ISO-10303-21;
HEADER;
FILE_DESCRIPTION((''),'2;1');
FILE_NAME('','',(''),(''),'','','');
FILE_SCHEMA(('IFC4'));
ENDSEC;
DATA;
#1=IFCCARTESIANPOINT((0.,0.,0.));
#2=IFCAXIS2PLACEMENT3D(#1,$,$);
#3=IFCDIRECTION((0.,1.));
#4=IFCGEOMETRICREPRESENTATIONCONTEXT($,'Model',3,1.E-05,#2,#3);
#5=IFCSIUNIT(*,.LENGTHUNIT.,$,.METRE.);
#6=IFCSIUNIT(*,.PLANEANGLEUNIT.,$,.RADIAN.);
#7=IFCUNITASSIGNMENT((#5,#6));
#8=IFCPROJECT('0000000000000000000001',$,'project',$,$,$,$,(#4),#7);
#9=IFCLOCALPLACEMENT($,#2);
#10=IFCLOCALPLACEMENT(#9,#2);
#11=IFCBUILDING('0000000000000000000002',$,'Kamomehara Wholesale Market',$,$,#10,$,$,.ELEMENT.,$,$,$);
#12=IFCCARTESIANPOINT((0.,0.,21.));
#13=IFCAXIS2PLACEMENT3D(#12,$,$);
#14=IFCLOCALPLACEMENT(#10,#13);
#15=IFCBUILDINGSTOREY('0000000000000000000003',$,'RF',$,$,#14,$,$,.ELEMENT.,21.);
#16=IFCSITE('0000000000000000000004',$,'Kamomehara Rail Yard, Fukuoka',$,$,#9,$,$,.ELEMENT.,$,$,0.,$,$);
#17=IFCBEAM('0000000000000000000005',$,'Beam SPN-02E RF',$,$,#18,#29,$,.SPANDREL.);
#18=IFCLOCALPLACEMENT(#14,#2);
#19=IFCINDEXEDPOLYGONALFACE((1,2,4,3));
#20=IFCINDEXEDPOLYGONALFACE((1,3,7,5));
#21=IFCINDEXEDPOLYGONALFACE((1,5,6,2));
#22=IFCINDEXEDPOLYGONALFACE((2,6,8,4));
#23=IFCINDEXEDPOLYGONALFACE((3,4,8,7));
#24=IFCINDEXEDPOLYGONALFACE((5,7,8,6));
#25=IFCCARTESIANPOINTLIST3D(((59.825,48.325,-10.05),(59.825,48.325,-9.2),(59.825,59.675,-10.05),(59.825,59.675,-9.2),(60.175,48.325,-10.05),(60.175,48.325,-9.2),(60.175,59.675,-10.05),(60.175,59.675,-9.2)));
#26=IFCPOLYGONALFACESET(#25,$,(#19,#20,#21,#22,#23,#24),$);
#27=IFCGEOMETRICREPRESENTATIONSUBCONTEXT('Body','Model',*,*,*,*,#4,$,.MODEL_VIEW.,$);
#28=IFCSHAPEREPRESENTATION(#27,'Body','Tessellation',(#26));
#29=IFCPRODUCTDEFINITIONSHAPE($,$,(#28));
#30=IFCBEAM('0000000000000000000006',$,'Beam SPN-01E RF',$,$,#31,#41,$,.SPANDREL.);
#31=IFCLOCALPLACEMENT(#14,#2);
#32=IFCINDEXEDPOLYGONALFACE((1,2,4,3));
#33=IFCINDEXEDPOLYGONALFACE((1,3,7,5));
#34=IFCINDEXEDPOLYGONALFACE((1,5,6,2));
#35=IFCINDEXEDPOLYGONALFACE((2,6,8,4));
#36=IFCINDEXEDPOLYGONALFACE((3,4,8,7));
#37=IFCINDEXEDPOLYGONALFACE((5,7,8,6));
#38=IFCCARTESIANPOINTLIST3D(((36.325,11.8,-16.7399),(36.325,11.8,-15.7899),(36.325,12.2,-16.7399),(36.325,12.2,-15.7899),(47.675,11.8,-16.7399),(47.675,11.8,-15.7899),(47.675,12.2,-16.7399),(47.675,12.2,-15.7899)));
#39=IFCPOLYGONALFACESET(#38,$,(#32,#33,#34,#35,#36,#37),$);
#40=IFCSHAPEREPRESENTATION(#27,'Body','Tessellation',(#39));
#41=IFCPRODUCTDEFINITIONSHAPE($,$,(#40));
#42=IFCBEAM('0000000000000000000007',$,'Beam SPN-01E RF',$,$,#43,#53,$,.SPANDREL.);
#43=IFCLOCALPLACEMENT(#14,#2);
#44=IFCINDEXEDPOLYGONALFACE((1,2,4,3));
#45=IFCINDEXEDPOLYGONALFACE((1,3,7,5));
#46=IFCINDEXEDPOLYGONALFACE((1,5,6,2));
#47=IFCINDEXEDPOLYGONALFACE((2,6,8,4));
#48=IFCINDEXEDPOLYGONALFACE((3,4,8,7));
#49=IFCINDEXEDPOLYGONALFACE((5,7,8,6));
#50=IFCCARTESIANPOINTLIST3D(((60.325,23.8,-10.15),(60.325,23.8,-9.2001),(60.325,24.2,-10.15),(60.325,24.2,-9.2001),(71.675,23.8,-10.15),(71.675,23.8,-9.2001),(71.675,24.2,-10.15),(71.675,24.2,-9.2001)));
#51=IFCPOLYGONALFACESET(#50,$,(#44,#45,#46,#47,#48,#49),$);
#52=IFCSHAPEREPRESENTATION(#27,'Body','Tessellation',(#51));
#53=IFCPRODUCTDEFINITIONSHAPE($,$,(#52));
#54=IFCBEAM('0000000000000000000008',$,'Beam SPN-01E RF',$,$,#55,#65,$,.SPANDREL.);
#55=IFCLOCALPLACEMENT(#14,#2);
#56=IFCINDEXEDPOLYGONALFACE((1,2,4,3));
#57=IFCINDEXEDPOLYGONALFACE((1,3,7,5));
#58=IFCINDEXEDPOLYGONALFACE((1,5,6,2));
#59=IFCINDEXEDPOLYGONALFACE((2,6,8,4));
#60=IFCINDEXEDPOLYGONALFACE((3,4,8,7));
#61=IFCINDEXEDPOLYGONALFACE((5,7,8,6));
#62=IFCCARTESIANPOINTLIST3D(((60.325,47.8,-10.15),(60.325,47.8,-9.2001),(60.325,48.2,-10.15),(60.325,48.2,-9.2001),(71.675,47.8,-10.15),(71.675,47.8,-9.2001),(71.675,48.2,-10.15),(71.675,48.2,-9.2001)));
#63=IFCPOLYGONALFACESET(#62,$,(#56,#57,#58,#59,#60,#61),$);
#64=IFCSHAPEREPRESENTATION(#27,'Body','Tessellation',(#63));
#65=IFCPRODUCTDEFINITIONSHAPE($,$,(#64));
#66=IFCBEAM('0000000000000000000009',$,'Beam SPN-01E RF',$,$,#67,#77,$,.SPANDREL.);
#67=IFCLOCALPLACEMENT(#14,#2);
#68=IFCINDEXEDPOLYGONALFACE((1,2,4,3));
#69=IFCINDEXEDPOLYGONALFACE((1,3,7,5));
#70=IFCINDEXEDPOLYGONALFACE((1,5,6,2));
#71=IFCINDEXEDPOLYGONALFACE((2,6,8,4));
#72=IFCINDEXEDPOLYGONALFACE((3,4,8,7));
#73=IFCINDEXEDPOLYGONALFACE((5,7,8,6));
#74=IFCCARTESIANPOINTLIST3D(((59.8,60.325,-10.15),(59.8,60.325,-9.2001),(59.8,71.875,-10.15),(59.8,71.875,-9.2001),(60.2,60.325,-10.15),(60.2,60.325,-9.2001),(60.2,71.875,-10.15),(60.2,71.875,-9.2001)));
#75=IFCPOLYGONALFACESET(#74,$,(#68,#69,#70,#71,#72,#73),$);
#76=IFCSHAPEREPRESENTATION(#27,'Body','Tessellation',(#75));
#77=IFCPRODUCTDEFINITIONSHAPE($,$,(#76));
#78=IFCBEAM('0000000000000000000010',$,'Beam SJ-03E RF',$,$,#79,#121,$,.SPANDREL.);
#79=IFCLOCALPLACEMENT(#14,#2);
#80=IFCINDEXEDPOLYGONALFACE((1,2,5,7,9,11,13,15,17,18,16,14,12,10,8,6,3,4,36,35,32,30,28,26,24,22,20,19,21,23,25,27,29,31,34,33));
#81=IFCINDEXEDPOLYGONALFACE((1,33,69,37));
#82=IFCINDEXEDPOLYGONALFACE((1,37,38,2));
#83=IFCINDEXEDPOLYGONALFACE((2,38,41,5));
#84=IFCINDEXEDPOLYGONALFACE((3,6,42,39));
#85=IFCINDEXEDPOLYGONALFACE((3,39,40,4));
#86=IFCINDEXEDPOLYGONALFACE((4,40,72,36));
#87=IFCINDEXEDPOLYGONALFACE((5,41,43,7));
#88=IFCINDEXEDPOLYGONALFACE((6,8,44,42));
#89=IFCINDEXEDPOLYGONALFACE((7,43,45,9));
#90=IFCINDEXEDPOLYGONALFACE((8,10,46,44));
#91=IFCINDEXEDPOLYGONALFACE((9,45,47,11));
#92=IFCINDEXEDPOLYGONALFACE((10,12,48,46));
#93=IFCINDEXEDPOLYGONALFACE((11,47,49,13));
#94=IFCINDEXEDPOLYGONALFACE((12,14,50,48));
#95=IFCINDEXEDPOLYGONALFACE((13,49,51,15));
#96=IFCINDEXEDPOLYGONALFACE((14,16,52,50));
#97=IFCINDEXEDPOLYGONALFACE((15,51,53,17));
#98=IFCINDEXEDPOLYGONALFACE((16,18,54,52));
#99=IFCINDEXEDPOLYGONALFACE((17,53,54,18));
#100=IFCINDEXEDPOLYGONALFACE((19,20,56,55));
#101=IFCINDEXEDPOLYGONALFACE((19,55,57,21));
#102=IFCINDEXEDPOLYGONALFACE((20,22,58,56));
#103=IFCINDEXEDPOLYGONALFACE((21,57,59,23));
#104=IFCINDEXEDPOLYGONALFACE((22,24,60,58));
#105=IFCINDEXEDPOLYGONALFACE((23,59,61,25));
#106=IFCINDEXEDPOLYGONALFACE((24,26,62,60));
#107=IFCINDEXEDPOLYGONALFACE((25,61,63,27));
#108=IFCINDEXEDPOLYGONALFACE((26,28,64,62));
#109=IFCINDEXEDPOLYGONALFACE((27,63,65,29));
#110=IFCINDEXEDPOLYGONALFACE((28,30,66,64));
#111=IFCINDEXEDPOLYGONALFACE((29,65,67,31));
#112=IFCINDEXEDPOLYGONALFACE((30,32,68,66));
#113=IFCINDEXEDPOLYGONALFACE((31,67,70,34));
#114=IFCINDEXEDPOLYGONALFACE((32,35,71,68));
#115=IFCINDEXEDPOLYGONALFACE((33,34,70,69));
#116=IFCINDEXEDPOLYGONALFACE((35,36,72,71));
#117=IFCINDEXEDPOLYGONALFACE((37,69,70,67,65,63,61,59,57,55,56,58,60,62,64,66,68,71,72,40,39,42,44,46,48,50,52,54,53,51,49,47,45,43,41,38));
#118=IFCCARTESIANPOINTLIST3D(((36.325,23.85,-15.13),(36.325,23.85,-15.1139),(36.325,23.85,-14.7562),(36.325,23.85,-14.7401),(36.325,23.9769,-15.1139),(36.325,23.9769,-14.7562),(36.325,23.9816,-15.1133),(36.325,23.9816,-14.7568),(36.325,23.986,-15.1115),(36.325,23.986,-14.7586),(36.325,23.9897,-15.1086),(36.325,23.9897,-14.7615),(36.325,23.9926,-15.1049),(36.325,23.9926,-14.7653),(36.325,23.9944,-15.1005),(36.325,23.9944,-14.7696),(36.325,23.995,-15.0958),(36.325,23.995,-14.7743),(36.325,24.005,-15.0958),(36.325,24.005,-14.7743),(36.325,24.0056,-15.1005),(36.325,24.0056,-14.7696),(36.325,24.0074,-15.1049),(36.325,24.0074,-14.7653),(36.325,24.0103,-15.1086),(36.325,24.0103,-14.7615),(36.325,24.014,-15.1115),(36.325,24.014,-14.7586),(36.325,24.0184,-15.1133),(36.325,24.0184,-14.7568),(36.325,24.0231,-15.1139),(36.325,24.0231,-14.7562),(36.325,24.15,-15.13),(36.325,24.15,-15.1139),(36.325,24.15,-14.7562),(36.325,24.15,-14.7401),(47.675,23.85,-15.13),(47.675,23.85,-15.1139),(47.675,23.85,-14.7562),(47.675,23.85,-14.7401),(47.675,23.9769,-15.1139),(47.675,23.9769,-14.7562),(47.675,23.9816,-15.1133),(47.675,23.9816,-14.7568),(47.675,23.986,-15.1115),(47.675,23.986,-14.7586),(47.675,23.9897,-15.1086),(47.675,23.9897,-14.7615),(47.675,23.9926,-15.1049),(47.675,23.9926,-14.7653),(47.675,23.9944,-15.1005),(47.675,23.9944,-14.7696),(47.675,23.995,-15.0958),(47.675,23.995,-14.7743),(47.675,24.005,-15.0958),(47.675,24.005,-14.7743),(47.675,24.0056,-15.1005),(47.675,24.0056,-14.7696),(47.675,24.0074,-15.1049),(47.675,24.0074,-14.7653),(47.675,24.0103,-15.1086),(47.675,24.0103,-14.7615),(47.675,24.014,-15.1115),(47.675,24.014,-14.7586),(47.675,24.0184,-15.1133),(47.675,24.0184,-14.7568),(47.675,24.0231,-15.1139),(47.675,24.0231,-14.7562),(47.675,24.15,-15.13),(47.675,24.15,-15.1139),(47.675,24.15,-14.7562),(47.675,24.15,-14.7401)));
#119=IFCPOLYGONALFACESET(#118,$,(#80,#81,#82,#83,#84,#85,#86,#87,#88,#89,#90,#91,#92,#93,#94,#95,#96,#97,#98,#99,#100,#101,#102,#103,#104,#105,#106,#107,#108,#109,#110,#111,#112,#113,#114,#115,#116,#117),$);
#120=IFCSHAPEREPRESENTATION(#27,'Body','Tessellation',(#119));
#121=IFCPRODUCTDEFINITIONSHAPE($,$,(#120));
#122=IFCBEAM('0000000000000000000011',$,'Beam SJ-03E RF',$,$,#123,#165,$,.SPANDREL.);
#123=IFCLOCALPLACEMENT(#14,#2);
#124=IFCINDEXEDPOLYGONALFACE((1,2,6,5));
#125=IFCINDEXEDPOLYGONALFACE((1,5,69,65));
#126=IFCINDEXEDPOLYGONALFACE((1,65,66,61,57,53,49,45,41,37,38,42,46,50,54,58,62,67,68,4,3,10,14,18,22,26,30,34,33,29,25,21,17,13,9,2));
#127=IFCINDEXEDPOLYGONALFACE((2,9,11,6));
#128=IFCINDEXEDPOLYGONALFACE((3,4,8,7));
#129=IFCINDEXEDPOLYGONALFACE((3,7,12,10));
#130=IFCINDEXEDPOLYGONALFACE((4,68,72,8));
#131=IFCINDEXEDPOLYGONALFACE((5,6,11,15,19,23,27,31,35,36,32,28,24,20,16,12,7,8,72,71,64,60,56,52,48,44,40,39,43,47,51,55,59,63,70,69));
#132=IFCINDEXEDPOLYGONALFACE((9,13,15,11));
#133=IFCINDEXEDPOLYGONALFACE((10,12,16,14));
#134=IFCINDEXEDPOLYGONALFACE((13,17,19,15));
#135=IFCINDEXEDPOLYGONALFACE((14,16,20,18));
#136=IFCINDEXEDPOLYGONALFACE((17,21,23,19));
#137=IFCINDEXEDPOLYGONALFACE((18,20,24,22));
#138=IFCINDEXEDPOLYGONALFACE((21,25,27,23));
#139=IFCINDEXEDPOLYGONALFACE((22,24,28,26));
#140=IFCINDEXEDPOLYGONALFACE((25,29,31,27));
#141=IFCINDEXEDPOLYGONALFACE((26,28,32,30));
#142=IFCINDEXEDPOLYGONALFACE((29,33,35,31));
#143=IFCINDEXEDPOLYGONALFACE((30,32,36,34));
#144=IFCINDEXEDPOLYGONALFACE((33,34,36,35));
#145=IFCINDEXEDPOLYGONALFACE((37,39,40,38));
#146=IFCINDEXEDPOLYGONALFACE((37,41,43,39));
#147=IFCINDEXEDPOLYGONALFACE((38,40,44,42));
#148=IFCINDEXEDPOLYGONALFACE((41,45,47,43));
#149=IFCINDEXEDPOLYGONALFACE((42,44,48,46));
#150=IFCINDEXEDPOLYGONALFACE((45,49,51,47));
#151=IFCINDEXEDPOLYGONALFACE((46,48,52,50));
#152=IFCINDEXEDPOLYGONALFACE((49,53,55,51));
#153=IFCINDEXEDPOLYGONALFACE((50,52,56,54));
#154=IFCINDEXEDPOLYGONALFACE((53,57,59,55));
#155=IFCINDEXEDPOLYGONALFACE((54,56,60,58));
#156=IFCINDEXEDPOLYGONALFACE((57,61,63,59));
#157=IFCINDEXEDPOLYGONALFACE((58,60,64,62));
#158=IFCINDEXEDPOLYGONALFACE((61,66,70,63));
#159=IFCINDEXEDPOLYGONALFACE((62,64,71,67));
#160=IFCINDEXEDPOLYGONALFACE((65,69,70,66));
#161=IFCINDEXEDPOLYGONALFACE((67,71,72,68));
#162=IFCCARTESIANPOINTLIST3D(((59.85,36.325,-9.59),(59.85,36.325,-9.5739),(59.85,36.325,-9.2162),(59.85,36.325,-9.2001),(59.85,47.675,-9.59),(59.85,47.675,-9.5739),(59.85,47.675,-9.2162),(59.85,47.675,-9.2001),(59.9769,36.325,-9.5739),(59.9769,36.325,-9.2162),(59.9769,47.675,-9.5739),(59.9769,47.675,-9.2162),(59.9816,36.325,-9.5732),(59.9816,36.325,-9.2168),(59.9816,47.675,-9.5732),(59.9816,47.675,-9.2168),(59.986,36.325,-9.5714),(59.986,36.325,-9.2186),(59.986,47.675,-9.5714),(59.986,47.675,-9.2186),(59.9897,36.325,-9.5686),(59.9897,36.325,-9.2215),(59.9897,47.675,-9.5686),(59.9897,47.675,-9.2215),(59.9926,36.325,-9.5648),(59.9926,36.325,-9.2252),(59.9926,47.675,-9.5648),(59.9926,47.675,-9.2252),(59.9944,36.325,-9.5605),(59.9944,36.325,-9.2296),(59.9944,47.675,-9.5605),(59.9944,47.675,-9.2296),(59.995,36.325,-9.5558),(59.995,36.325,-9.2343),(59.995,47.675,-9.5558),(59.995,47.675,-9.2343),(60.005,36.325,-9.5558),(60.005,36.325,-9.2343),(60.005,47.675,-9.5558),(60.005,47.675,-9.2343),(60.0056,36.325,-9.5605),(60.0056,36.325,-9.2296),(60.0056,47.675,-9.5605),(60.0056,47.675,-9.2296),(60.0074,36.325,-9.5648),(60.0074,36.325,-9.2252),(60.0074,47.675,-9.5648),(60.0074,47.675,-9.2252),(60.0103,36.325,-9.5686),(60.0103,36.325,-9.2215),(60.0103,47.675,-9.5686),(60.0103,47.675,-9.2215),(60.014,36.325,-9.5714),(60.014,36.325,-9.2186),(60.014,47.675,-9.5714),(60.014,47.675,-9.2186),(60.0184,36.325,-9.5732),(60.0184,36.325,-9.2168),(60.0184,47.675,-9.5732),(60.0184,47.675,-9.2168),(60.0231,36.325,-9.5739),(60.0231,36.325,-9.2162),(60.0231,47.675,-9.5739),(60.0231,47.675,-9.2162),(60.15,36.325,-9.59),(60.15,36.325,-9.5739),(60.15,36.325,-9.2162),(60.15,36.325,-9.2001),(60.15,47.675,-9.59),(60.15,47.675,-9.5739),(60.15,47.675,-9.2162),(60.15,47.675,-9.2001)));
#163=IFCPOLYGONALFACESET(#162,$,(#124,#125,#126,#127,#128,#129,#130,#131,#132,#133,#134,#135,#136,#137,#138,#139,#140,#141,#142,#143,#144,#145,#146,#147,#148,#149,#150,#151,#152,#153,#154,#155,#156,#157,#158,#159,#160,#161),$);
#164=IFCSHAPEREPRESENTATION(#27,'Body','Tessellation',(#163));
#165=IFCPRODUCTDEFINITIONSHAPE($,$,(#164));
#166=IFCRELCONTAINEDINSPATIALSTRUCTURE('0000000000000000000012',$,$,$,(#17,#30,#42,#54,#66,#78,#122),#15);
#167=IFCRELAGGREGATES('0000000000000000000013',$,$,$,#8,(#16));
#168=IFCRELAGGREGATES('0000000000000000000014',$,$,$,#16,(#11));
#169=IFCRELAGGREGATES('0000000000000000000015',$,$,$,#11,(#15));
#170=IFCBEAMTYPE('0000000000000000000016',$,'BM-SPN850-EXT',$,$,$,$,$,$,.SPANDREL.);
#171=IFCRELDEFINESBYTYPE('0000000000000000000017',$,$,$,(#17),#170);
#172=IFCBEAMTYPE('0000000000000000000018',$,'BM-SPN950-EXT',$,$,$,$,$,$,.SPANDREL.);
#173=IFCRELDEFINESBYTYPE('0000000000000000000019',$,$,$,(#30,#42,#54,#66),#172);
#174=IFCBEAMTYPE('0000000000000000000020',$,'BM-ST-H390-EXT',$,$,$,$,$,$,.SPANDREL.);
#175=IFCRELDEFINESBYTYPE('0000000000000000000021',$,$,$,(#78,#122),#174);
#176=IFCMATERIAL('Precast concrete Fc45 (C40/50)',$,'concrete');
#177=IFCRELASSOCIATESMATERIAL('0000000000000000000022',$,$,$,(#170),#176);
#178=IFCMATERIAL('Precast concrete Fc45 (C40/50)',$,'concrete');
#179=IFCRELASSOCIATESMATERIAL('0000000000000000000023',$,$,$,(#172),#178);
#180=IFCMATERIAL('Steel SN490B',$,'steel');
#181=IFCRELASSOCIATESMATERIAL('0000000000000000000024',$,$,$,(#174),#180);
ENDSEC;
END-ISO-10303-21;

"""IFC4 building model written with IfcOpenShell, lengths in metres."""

from ifc_helpers import new_model, si_unit, direction, frame, origin, origin_2d, place, context, subcontext, project, spatial, rectangle, i_section, extrude, material, material_profile, profile_set, type_object, element, save


model = new_model("IFC4")

# Units and contexts
model_context = context("Model", 3, precision=1e-05, world=origin(), true_north=direction((0.0, 1.0)))
body_context = subcontext(model_context, "Body", "Model", "MODEL_VIEW")
ifc_project = project(units=[si_unit("LENGTHUNIT", "METRE"), si_unit("PLANEANGLEUNIT", "RADIAN")], contexts=[model_context])

# Site, building, storey
site_placement = place(None, origin())
site = spatial("IfcSite", under=ifc_project, at=site_placement, Name="Kamomehara Rail Yard, Fukuoka", CompositionType="ELEMENT", RefElevation=0.0)
building_placement = place(site_placement, origin())
building = spatial("IfcBuilding", under=site, at=building_placement, Name="Kamomehara Wholesale Market", CompositionType="ELEMENT")
storey_placement = place(building_placement, frame((0.0, 0.0, 21.0)))
storey = spatial("IfcBuildingStorey", under=building, at=storey_placement, Name="RF", CompositionType="ELEMENT", Elevation=21.0)

# Beams
ifc_material_1 = material(Name="Precast concrete Fc45 (C40/50)", Category="concrete")
ifc_material_profile_1 = material_profile(ifc_material_1, rectangle(XDim=0.3501, YDim=0.8501, at=origin_2d()), Name="PC-SPN-350x850")
ifc_profile_set_1 = profile_set([ifc_material_profile_1], Name="Precast concrete Fc45 (C40/50)")
beam_type_1 = type_object("IfcBeamType", Name="BM-SPN850-EXT", PredefinedType="SPANDREL", material=ifc_profile_set_1)
for number, where, z_axis, x_axis, name in (
    (1, (60.0, 48.325, -9.625), (0.0, 1.0, 0.0), (-1.0, 0.0, 0.0), "Beam SPN-02E RF"),
):
    element("IfcBeam", number, at=place(storey_placement, frame(where, z_axis=z_axis, x_axis=x_axis)), inside=storey, type_object=beam_type_1, Name=name, PredefinedType="SPANDREL", context=body_context, shape_type="SweptSolid", body=[
        extrude(rectangle(XDim=0.3501, YDim=0.8501, at=origin_2d()), origin(), (0.0, 0.0, 1.0), 11.3501),
    ])
ifc_material_2 = material(Name="Precast concrete Fc45 (C40/50)", Category="concrete")
ifc_material_profile_2 = material_profile(ifc_material_2, rectangle(XDim=0.3999, YDim=0.95, at=origin_2d()), Name="PC-SPN-400x950")
ifc_profile_set_2 = profile_set([ifc_material_profile_2], Name="Precast concrete Fc45 (C40/50)")
beam_type_2 = type_object("IfcBeamType", Name="BM-SPN950-EXT", PredefinedType="SPANDREL", material=ifc_profile_set_2)
for number, where, z_axis, x_axis, name in (
    (2, (36.325, 12.0, -16.2649), (1.0, 0.0, 0.0), (0.0, 1.0, 0.0), "Beam SPN-01E RF"),
    (3, (60.325, 24.0, -9.675), (1.0, 0.0, 0.0), (0.0, 1.0, 0.0), "Beam SPN-01E RF"),
    (4, (60.325, 48.0, -9.675), (1.0, 0.0, 0.0), (0.0, 1.0, 0.0), "Beam SPN-01E RF"),
):
    element("IfcBeam", number, at=place(storey_placement, frame(where, z_axis=z_axis, x_axis=x_axis)), inside=storey, type_object=beam_type_2, Name=name, PredefinedType="SPANDREL", context=body_context, shape_type="SweptSolid", body=[
        extrude(rectangle(XDim=0.3999, YDim=0.95, at=origin_2d()), origin(), (0.0, 0.0, 1.0), 11.3501),
    ])
beam_1_placement = place(storey_placement, frame((60.0, 60.325, -9.675), z_axis=(0.0, 1.0, 0.0), x_axis=(-1.0, 0.0, 0.0)))
element("IfcBeam", 5, at=beam_1_placement, inside=storey, type_object=beam_type_2, Name="Beam SPN-01E RF", PredefinedType="SPANDREL", context=body_context, shape_type="SweptSolid", body=[
    extrude(rectangle(XDim=0.3999, YDim=0.95, at=origin_2d()), origin(), (0.0, 0.0, 1.0), 11.55),
])
ifc_material_3 = material(Name="Steel SN490B", Category="steel")
ifc_material_profile_3 = material_profile(ifc_material_3, i_section(OverallWidth=0.3, OverallDepth=0.3899, WebThickness=0.01, FlangeThickness=0.0161, FilletRadius=0.0181, at=origin_2d()), Name="H-390x300x10x16")
ifc_profile_set_3 = profile_set([ifc_material_profile_3], Name="Steel SN490B")
beam_type_3 = type_object("IfcBeamType", Name="BM-ST-H390-EXT", PredefinedType="SPANDREL", material=ifc_profile_set_3)
for number, where, z_axis, x_axis, name in (
    (6, (36.325, 24.0, -14.9351), (1.0, 0.0, 0.0), (0.0, 1.0, 0.0), "Beam SJ-03E RF"),
    (7, (60.0, 36.325, -9.395), (0.0, 1.0, 0.0), (-1.0, 0.0, 0.0), "Beam SJ-03E RF"),
):
    element("IfcBeam", number, at=place(storey_placement, frame(where, z_axis=z_axis, x_axis=x_axis)), inside=storey, type_object=beam_type_3, Name=name, PredefinedType="SPANDREL", context=body_context, shape_type="SweptSolid", body=[
        extrude(i_section(OverallWidth=0.3, OverallDepth=0.3899, WebThickness=0.01, FlangeThickness=0.0161, FilletRadius=0.0181, at=origin_2d()), origin(), (0.0, 0.0, 1.0), 11.3501),
    ])

save(model, "model.ifc")
